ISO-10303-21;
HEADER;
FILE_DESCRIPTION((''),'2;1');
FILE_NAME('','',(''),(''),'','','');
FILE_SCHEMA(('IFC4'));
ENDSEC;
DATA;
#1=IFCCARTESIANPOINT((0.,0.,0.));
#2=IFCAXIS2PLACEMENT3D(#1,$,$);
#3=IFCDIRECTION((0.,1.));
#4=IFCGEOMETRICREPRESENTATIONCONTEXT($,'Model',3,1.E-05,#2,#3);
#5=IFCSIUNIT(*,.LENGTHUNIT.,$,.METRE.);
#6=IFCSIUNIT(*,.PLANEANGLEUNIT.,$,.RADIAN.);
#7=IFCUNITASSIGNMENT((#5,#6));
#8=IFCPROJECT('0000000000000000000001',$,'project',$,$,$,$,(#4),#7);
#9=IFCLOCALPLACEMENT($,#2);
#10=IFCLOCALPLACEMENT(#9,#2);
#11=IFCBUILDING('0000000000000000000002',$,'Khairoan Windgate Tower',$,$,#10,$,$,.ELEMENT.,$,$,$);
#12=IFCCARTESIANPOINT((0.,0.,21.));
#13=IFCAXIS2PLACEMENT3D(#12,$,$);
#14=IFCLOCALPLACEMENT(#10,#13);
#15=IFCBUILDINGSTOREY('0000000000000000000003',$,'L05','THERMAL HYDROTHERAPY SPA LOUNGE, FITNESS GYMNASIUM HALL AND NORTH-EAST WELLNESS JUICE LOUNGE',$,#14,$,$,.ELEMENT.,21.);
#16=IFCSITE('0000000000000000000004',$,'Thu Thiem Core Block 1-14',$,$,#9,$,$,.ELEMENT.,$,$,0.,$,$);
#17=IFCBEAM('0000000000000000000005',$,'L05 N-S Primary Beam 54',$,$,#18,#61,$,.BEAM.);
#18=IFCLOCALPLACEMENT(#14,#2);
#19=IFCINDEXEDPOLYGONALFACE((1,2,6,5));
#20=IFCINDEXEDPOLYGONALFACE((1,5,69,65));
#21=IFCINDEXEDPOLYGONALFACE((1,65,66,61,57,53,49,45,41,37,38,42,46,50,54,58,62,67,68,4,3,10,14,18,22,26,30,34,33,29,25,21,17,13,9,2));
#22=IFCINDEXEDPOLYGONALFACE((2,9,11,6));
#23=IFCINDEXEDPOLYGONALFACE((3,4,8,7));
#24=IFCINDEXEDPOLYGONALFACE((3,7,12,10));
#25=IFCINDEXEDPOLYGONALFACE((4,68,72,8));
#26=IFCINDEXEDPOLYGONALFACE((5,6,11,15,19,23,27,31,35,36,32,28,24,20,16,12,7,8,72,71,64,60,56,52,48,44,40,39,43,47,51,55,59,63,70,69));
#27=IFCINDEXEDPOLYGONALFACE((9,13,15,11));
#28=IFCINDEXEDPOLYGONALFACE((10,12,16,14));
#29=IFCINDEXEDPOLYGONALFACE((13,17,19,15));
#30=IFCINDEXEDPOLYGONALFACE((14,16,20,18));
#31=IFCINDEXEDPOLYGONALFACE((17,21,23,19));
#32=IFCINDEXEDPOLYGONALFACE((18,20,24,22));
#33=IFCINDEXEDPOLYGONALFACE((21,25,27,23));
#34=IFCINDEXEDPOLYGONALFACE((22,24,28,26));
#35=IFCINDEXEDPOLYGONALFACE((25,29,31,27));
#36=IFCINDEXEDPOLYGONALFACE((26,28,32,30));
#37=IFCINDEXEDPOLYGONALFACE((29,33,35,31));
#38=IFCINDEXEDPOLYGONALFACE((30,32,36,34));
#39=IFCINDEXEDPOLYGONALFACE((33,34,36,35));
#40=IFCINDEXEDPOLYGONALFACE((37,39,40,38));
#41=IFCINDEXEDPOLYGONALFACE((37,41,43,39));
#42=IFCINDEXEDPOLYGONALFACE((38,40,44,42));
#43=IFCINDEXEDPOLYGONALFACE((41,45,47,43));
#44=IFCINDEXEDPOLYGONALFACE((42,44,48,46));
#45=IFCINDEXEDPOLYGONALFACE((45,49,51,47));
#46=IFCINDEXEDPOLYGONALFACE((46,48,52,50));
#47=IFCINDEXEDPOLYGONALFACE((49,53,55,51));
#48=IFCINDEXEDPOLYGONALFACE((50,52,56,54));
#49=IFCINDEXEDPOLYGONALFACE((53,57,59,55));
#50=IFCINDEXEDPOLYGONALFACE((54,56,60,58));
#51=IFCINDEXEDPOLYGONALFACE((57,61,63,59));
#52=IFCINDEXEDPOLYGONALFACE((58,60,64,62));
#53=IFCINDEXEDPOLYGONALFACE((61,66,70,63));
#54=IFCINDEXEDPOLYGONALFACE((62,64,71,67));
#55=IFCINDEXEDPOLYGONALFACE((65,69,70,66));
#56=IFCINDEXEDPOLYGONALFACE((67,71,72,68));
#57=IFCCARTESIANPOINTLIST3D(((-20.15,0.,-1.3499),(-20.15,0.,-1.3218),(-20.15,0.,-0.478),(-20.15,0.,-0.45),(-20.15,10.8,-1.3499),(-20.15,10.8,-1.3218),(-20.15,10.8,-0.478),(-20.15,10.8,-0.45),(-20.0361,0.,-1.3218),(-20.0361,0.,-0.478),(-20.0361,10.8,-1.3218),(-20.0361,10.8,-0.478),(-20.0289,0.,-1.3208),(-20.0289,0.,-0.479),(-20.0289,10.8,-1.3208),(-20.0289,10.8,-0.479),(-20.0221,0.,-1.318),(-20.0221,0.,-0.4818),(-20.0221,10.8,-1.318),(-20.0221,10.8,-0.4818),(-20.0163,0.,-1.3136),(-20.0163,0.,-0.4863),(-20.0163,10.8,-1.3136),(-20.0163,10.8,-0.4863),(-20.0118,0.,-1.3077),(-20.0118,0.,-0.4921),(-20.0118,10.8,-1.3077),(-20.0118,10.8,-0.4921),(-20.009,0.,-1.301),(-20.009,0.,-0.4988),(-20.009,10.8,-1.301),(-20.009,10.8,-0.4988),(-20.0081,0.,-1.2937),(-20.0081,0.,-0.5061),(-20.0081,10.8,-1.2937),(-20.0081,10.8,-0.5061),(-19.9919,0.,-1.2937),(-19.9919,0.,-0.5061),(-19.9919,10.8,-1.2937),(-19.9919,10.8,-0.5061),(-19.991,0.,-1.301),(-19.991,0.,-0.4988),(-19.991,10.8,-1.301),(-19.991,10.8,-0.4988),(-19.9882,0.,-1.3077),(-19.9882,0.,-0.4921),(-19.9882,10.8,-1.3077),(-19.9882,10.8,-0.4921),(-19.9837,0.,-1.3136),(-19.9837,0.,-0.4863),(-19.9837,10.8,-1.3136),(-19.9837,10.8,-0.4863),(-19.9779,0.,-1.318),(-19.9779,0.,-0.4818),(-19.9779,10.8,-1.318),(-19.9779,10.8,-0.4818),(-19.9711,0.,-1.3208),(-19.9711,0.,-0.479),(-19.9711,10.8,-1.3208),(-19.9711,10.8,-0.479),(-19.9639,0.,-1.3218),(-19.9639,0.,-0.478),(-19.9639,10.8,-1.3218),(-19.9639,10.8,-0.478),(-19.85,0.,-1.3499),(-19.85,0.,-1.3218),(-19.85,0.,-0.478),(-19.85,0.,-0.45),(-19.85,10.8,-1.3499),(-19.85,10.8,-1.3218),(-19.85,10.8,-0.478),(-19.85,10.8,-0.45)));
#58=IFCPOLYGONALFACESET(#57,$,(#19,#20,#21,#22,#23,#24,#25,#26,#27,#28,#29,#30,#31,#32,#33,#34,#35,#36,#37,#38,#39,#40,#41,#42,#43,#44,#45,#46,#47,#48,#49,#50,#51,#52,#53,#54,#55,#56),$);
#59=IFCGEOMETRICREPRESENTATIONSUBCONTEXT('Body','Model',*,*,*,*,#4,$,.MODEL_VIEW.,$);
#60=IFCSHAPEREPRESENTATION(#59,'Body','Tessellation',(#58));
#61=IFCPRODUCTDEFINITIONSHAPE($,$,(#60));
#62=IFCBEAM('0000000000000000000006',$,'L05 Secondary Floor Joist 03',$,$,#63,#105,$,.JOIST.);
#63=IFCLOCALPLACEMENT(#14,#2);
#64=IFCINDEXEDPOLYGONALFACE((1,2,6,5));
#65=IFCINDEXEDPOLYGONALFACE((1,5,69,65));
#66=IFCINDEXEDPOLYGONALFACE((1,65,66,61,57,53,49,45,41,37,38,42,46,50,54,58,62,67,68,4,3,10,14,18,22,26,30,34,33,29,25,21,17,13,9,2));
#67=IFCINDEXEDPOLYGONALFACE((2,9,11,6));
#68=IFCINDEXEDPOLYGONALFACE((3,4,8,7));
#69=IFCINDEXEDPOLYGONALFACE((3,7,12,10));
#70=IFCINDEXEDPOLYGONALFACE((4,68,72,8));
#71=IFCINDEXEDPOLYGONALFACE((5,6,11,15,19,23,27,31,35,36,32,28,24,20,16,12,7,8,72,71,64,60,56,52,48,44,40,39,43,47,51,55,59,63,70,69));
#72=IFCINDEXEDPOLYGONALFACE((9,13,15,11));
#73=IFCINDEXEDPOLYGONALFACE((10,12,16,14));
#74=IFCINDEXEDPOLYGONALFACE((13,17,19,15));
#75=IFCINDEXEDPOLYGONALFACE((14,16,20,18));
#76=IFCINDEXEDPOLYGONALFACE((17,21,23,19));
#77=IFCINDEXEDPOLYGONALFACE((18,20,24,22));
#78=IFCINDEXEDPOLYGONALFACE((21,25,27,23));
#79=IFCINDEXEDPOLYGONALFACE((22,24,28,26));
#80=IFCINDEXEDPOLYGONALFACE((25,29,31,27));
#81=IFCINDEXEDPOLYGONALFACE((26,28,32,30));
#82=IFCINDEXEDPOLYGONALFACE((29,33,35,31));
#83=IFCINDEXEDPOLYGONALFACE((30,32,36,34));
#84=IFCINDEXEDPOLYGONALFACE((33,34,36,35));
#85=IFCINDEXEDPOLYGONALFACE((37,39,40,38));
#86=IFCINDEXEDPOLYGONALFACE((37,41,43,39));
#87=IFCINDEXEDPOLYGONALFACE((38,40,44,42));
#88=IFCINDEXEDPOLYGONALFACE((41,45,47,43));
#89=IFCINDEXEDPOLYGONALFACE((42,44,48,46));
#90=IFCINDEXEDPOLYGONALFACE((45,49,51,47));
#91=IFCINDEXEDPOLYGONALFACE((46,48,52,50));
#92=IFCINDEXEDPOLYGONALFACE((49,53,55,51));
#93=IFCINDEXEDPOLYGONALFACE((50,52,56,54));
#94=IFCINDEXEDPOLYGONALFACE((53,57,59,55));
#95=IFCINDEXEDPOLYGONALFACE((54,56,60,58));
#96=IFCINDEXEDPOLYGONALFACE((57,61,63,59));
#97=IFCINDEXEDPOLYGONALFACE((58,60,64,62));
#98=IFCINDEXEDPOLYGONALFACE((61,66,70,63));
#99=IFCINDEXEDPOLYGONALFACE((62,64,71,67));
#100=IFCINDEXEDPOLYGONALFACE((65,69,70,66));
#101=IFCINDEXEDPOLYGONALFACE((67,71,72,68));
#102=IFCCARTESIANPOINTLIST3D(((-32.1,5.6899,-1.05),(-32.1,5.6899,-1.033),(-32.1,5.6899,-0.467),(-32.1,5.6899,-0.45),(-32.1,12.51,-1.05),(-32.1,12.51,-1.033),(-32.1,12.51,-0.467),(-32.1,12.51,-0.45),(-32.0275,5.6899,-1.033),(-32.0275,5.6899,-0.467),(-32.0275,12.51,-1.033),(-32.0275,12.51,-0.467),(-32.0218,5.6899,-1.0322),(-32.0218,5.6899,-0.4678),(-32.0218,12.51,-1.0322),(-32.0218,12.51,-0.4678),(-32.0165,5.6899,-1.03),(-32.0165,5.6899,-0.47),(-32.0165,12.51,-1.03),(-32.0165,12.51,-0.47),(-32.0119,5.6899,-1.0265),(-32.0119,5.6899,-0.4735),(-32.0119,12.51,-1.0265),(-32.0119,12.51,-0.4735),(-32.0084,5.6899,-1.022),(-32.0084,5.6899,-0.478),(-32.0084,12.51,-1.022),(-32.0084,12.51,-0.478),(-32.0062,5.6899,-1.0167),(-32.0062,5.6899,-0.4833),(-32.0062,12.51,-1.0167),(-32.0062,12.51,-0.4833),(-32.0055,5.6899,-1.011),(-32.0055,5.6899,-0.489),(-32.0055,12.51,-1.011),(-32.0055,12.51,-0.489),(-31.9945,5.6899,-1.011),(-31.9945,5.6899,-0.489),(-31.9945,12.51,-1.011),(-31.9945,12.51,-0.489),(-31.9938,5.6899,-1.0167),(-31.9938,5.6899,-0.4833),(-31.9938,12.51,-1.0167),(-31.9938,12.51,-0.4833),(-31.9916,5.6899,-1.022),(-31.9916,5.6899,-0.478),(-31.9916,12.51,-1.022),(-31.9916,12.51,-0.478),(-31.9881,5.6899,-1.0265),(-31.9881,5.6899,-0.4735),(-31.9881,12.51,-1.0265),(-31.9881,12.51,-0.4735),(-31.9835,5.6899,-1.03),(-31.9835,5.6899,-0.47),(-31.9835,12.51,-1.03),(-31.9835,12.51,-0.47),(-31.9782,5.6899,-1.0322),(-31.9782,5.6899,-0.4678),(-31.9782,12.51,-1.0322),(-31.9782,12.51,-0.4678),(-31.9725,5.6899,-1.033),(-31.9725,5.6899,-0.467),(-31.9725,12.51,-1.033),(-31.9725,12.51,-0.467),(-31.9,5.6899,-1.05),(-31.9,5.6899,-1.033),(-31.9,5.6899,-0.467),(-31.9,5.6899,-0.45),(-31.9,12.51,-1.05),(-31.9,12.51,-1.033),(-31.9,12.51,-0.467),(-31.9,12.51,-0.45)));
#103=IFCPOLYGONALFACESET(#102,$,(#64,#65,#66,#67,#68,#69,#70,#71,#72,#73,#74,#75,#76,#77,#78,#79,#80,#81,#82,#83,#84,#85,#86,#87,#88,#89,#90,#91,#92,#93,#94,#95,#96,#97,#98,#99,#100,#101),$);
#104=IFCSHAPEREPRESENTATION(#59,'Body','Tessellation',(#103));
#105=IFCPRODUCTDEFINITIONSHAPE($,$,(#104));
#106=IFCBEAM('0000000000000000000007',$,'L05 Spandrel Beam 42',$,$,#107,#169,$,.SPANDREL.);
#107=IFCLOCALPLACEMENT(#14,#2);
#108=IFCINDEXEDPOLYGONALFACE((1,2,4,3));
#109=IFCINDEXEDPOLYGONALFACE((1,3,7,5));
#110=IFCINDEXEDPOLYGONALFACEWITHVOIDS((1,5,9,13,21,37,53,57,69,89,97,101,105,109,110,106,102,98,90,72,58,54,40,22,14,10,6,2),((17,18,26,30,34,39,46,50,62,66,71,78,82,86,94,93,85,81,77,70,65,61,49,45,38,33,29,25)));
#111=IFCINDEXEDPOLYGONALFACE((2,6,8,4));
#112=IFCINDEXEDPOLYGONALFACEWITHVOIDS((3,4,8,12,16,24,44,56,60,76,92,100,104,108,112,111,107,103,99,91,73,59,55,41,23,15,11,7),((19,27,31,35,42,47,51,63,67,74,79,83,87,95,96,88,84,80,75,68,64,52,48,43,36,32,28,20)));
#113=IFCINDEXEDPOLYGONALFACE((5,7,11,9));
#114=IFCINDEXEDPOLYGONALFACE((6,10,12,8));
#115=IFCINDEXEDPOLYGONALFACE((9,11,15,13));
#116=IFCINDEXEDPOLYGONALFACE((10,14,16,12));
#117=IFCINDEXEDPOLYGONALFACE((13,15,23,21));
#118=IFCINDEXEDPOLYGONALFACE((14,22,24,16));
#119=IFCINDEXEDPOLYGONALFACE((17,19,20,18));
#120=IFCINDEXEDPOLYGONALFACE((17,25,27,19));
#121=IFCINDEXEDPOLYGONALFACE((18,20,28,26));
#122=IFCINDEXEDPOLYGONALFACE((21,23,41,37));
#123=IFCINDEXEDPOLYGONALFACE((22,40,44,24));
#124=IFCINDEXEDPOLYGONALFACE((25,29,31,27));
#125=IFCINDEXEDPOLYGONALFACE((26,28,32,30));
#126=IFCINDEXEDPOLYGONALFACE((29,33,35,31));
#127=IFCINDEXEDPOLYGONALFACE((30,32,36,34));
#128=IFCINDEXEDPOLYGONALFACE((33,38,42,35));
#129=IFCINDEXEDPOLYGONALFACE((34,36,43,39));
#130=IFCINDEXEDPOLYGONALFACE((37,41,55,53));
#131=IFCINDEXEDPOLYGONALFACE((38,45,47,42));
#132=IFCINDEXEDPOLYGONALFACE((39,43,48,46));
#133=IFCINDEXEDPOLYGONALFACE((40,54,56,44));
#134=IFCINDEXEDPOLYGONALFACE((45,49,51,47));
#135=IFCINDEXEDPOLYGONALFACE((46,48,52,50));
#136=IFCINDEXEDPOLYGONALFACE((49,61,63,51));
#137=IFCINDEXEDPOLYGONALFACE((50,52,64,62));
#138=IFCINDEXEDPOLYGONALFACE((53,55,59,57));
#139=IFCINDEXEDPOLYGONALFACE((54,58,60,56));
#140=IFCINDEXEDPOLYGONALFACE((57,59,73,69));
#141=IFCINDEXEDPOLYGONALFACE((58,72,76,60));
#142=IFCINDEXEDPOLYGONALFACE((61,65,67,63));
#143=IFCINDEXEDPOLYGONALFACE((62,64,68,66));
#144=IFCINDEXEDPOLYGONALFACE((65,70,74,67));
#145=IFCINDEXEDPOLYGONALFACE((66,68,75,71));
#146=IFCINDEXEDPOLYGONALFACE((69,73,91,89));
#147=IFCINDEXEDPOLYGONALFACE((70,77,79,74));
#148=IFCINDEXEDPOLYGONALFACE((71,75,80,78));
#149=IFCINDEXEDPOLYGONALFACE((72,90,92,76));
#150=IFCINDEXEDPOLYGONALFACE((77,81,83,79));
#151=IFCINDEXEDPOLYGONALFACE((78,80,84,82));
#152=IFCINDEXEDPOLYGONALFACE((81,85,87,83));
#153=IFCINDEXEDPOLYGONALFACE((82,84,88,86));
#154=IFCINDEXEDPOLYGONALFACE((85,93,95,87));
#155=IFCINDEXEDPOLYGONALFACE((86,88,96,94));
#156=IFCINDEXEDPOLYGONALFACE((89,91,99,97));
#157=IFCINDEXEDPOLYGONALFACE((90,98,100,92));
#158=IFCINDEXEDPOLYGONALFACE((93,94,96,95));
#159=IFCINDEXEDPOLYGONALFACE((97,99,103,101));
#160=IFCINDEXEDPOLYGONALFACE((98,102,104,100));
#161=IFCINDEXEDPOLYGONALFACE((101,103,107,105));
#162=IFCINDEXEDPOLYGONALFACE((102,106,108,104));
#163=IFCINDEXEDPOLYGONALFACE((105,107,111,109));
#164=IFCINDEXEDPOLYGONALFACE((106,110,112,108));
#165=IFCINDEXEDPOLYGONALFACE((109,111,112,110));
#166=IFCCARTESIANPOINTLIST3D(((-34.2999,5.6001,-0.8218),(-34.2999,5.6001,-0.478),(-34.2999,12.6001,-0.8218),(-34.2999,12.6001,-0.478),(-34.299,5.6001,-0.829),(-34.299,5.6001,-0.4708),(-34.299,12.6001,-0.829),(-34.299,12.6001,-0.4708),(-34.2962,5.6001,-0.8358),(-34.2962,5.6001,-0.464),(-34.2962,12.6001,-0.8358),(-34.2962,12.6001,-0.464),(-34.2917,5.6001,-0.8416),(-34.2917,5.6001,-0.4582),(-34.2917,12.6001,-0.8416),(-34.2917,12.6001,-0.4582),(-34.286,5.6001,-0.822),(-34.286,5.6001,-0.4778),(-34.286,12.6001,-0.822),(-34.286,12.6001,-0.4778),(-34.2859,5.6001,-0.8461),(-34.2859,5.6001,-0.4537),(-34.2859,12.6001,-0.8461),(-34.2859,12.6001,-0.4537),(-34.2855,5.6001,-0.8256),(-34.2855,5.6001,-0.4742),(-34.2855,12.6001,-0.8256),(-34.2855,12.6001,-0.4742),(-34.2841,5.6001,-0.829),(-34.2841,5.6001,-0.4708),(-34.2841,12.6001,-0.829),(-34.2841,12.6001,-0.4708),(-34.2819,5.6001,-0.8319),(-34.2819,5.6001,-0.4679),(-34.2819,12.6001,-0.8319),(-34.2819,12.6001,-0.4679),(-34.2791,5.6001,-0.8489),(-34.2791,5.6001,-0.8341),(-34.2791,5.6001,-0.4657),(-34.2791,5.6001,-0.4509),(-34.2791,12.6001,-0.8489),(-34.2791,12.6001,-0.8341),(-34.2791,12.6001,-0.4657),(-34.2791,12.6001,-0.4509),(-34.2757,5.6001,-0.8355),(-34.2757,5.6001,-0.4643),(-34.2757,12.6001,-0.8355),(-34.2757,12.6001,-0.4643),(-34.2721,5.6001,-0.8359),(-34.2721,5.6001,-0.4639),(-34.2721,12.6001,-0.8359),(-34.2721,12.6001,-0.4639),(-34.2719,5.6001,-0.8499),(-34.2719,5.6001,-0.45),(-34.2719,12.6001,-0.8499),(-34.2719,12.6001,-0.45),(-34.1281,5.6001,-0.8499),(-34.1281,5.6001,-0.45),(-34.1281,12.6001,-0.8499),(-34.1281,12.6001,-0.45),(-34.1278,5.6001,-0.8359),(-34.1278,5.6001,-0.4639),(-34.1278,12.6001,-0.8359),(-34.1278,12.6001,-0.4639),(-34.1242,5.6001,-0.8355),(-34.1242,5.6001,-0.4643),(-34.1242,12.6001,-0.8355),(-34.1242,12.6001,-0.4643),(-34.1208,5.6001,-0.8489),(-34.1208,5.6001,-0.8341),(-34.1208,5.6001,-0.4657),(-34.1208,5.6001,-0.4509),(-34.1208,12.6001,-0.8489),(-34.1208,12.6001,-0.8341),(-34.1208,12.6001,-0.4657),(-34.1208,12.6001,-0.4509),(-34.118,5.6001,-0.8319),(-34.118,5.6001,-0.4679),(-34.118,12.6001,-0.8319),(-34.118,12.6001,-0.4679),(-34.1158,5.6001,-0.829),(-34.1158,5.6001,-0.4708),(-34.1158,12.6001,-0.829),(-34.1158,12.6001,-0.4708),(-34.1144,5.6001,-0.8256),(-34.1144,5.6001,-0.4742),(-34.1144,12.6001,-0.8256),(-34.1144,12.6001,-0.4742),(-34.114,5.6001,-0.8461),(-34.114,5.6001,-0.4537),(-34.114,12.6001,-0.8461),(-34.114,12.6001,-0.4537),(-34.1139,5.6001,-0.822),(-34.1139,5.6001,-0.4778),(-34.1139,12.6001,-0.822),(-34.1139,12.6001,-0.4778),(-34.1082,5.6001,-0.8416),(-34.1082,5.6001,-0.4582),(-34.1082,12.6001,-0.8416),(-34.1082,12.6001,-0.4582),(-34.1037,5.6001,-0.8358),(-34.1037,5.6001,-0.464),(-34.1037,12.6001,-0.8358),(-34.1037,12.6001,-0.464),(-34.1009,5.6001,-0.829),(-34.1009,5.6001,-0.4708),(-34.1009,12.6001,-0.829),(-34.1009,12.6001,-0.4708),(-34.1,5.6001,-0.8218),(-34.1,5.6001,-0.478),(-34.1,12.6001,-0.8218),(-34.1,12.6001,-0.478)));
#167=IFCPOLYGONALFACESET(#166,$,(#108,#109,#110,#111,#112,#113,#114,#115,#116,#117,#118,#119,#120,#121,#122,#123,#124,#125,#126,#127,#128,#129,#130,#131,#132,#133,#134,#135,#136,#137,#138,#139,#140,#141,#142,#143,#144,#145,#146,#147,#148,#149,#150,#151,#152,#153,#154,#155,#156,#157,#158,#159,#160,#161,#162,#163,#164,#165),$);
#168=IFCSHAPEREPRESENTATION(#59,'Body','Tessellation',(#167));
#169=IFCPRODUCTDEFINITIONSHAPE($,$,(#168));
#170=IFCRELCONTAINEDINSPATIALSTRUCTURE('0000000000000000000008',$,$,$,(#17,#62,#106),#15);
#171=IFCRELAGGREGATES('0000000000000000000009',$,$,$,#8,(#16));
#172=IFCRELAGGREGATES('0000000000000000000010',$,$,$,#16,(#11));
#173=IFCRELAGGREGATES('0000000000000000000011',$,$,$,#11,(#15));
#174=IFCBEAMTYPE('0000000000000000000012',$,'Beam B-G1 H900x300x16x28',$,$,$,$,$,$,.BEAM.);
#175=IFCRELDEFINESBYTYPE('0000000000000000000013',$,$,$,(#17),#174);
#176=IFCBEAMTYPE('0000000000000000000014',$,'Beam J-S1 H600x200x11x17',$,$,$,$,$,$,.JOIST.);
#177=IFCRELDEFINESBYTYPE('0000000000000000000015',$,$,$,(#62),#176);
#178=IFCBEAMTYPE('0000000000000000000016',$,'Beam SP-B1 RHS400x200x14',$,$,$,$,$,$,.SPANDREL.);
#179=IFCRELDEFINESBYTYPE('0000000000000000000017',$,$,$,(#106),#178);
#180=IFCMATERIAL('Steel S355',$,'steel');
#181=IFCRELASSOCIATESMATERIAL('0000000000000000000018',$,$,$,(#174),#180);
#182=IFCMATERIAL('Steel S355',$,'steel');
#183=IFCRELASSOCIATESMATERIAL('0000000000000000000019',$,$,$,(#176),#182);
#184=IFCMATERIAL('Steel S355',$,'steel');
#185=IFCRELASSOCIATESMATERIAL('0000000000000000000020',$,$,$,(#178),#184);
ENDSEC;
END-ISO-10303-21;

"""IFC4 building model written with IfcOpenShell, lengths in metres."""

from ifc_helpers import new_model, si_unit, direction, frame, origin, origin_2d, place, context, subcontext, project, spatial, hollow_rectangle, i_section, extrude, material, material_profile, profile_set, type_object, element, save


model = new_model("IFC4")

# Units and contexts
model_context = context("Model", 3, precision=1e-05, world=origin(), true_north=direction((0.0, 1.0)))
body_context = subcontext(model_context, "Body", "Model", "MODEL_VIEW")
ifc_project = project(units=[si_unit("LENGTHUNIT", "METRE"), si_unit("PLANEANGLEUNIT", "RADIAN")], contexts=[model_context])

# Site, building, storey
site_placement = place(None, origin())
site = spatial("IfcSite", under=ifc_project, at=site_placement, Name="Thu Thiem Core Block 1-14", CompositionType="ELEMENT", RefElevation=0.0)
building_placement = place(site_placement, origin())
building = spatial("IfcBuilding", under=site, at=building_placement, Name="Khairoan Windgate Tower", CompositionType="ELEMENT")
storey_placement = place(building_placement, frame((0.0, 0.0, 21.0)))
storey = spatial("IfcBuildingStorey", under=building, at=storey_placement, Name="L05", Description="THERMAL HYDROTHERAPY SPA LOUNGE, FITNESS GYMNASIUM HALL AND NORTH-EAST WELLNESS JUICE LOUNGE", CompositionType="ELEMENT", Elevation=21.0)

# Beams
ifc_material_1 = material(Name="Steel S355", Category="steel")
ifc_material_profile_1 = material_profile(ifc_material_1, i_section(OverallWidth=0.3, OverallDepth=0.8999, WebThickness=0.0161, FlangeThickness=0.0281, FilletRadius=0.0281, at=origin_2d()))
ifc_profile_set_1 = profile_set([ifc_material_profile_1], Name="Steel S355")
beam_type_1 = type_object("IfcBeamType", Name="Beam B-G1 H900x300x16x28", PredefinedType="BEAM", material=ifc_profile_set_1)
beam_1_placement = place(storey_placement, frame((-20.0, 0.0, -0.8999), z_axis=(0.0, 1.0, 0.0), x_axis=(-1.0, 0.0, 0.0)))
element("IfcBeam", 1, at=beam_1_placement, inside=storey, type_object=beam_type_1, Name="L05 N-S Primary Beam 54", PredefinedType="BEAM", context=body_context, shape_type="SweptSolid", body=[
    extrude(i_section(OverallWidth=0.3, OverallDepth=0.8999, WebThickness=0.0161, FlangeThickness=0.0281, FilletRadius=0.0281, at=origin_2d()), origin(), (0.0, 0.0, 1.0), 10.8),
])
ifc_material_2 = material(Name="Steel S355", Category="steel")
ifc_material_profile_2 = material_profile(ifc_material_2, i_section(OverallWidth=0.2, OverallDepth=0.6001, WebThickness=0.011, FlangeThickness=0.0171, FilletRadius=0.022, at=origin_2d()))
ifc_profile_set_2 = profile_set([ifc_material_profile_2], Name="Steel S355")
beam_type_2 = type_object("IfcBeamType", Name="Beam J-S1 H600x200x11x17", PredefinedType="JOIST", material=ifc_profile_set_2)
beam_2_placement = place(storey_placement, frame((-32.0, 5.6899, -0.75), z_axis=(0.0, 1.0, 0.0), x_axis=(-1.0, 0.0, 0.0)))
element("IfcBeam", 2, at=beam_2_placement, inside=storey, type_object=beam_type_2, Name="L05 Secondary Floor Joist 03", PredefinedType="JOIST", context=body_context, shape_type="SweptSolid", body=[
    extrude(i_section(OverallWidth=0.2, OverallDepth=0.6001, WebThickness=0.011, FlangeThickness=0.0171, FilletRadius=0.022, at=origin_2d()), origin(), (0.0, 0.0, 1.0), 6.8201),
])
ifc_material_3 = material(Name="Steel S355", Category="steel")
ifc_material_profile_3 = material_profile(ifc_material_3, hollow_rectangle(XDim=0.2, YDim=0.3999, WallThickness=0.0139, InnerFilletRadius=0.0139, OuterFilletRadius=0.0281, at=origin_2d()))
ifc_profile_set_3 = profile_set([ifc_material_profile_3], Name="Steel S355")
beam_type_3 = type_object("IfcBeamType", Name="Beam SP-B1 RHS400x200x14", PredefinedType="SPANDREL", material=ifc_profile_set_3)
beam_3_placement = place(storey_placement, frame((-34.2, 5.6001, -0.6499), z_axis=(0.0, 1.0, 0.0), x_axis=(-1.0, 0.0, 0.0)))
element("IfcBeam", 3, at=beam_3_placement, inside=storey, type_object=beam_type_3, Name="L05 Spandrel Beam 42", PredefinedType="SPANDREL", context=body_context, shape_type="SweptSolid", body=[
    extrude(hollow_rectangle(XDim=0.2, YDim=0.3999, WallThickness=0.0139, InnerFilletRadius=0.0139, OuterFilletRadius=0.0281, at=origin_2d()), origin(), (0.0, 0.0, 1.0), 7.0),
])

save(model, "model.ifc")
